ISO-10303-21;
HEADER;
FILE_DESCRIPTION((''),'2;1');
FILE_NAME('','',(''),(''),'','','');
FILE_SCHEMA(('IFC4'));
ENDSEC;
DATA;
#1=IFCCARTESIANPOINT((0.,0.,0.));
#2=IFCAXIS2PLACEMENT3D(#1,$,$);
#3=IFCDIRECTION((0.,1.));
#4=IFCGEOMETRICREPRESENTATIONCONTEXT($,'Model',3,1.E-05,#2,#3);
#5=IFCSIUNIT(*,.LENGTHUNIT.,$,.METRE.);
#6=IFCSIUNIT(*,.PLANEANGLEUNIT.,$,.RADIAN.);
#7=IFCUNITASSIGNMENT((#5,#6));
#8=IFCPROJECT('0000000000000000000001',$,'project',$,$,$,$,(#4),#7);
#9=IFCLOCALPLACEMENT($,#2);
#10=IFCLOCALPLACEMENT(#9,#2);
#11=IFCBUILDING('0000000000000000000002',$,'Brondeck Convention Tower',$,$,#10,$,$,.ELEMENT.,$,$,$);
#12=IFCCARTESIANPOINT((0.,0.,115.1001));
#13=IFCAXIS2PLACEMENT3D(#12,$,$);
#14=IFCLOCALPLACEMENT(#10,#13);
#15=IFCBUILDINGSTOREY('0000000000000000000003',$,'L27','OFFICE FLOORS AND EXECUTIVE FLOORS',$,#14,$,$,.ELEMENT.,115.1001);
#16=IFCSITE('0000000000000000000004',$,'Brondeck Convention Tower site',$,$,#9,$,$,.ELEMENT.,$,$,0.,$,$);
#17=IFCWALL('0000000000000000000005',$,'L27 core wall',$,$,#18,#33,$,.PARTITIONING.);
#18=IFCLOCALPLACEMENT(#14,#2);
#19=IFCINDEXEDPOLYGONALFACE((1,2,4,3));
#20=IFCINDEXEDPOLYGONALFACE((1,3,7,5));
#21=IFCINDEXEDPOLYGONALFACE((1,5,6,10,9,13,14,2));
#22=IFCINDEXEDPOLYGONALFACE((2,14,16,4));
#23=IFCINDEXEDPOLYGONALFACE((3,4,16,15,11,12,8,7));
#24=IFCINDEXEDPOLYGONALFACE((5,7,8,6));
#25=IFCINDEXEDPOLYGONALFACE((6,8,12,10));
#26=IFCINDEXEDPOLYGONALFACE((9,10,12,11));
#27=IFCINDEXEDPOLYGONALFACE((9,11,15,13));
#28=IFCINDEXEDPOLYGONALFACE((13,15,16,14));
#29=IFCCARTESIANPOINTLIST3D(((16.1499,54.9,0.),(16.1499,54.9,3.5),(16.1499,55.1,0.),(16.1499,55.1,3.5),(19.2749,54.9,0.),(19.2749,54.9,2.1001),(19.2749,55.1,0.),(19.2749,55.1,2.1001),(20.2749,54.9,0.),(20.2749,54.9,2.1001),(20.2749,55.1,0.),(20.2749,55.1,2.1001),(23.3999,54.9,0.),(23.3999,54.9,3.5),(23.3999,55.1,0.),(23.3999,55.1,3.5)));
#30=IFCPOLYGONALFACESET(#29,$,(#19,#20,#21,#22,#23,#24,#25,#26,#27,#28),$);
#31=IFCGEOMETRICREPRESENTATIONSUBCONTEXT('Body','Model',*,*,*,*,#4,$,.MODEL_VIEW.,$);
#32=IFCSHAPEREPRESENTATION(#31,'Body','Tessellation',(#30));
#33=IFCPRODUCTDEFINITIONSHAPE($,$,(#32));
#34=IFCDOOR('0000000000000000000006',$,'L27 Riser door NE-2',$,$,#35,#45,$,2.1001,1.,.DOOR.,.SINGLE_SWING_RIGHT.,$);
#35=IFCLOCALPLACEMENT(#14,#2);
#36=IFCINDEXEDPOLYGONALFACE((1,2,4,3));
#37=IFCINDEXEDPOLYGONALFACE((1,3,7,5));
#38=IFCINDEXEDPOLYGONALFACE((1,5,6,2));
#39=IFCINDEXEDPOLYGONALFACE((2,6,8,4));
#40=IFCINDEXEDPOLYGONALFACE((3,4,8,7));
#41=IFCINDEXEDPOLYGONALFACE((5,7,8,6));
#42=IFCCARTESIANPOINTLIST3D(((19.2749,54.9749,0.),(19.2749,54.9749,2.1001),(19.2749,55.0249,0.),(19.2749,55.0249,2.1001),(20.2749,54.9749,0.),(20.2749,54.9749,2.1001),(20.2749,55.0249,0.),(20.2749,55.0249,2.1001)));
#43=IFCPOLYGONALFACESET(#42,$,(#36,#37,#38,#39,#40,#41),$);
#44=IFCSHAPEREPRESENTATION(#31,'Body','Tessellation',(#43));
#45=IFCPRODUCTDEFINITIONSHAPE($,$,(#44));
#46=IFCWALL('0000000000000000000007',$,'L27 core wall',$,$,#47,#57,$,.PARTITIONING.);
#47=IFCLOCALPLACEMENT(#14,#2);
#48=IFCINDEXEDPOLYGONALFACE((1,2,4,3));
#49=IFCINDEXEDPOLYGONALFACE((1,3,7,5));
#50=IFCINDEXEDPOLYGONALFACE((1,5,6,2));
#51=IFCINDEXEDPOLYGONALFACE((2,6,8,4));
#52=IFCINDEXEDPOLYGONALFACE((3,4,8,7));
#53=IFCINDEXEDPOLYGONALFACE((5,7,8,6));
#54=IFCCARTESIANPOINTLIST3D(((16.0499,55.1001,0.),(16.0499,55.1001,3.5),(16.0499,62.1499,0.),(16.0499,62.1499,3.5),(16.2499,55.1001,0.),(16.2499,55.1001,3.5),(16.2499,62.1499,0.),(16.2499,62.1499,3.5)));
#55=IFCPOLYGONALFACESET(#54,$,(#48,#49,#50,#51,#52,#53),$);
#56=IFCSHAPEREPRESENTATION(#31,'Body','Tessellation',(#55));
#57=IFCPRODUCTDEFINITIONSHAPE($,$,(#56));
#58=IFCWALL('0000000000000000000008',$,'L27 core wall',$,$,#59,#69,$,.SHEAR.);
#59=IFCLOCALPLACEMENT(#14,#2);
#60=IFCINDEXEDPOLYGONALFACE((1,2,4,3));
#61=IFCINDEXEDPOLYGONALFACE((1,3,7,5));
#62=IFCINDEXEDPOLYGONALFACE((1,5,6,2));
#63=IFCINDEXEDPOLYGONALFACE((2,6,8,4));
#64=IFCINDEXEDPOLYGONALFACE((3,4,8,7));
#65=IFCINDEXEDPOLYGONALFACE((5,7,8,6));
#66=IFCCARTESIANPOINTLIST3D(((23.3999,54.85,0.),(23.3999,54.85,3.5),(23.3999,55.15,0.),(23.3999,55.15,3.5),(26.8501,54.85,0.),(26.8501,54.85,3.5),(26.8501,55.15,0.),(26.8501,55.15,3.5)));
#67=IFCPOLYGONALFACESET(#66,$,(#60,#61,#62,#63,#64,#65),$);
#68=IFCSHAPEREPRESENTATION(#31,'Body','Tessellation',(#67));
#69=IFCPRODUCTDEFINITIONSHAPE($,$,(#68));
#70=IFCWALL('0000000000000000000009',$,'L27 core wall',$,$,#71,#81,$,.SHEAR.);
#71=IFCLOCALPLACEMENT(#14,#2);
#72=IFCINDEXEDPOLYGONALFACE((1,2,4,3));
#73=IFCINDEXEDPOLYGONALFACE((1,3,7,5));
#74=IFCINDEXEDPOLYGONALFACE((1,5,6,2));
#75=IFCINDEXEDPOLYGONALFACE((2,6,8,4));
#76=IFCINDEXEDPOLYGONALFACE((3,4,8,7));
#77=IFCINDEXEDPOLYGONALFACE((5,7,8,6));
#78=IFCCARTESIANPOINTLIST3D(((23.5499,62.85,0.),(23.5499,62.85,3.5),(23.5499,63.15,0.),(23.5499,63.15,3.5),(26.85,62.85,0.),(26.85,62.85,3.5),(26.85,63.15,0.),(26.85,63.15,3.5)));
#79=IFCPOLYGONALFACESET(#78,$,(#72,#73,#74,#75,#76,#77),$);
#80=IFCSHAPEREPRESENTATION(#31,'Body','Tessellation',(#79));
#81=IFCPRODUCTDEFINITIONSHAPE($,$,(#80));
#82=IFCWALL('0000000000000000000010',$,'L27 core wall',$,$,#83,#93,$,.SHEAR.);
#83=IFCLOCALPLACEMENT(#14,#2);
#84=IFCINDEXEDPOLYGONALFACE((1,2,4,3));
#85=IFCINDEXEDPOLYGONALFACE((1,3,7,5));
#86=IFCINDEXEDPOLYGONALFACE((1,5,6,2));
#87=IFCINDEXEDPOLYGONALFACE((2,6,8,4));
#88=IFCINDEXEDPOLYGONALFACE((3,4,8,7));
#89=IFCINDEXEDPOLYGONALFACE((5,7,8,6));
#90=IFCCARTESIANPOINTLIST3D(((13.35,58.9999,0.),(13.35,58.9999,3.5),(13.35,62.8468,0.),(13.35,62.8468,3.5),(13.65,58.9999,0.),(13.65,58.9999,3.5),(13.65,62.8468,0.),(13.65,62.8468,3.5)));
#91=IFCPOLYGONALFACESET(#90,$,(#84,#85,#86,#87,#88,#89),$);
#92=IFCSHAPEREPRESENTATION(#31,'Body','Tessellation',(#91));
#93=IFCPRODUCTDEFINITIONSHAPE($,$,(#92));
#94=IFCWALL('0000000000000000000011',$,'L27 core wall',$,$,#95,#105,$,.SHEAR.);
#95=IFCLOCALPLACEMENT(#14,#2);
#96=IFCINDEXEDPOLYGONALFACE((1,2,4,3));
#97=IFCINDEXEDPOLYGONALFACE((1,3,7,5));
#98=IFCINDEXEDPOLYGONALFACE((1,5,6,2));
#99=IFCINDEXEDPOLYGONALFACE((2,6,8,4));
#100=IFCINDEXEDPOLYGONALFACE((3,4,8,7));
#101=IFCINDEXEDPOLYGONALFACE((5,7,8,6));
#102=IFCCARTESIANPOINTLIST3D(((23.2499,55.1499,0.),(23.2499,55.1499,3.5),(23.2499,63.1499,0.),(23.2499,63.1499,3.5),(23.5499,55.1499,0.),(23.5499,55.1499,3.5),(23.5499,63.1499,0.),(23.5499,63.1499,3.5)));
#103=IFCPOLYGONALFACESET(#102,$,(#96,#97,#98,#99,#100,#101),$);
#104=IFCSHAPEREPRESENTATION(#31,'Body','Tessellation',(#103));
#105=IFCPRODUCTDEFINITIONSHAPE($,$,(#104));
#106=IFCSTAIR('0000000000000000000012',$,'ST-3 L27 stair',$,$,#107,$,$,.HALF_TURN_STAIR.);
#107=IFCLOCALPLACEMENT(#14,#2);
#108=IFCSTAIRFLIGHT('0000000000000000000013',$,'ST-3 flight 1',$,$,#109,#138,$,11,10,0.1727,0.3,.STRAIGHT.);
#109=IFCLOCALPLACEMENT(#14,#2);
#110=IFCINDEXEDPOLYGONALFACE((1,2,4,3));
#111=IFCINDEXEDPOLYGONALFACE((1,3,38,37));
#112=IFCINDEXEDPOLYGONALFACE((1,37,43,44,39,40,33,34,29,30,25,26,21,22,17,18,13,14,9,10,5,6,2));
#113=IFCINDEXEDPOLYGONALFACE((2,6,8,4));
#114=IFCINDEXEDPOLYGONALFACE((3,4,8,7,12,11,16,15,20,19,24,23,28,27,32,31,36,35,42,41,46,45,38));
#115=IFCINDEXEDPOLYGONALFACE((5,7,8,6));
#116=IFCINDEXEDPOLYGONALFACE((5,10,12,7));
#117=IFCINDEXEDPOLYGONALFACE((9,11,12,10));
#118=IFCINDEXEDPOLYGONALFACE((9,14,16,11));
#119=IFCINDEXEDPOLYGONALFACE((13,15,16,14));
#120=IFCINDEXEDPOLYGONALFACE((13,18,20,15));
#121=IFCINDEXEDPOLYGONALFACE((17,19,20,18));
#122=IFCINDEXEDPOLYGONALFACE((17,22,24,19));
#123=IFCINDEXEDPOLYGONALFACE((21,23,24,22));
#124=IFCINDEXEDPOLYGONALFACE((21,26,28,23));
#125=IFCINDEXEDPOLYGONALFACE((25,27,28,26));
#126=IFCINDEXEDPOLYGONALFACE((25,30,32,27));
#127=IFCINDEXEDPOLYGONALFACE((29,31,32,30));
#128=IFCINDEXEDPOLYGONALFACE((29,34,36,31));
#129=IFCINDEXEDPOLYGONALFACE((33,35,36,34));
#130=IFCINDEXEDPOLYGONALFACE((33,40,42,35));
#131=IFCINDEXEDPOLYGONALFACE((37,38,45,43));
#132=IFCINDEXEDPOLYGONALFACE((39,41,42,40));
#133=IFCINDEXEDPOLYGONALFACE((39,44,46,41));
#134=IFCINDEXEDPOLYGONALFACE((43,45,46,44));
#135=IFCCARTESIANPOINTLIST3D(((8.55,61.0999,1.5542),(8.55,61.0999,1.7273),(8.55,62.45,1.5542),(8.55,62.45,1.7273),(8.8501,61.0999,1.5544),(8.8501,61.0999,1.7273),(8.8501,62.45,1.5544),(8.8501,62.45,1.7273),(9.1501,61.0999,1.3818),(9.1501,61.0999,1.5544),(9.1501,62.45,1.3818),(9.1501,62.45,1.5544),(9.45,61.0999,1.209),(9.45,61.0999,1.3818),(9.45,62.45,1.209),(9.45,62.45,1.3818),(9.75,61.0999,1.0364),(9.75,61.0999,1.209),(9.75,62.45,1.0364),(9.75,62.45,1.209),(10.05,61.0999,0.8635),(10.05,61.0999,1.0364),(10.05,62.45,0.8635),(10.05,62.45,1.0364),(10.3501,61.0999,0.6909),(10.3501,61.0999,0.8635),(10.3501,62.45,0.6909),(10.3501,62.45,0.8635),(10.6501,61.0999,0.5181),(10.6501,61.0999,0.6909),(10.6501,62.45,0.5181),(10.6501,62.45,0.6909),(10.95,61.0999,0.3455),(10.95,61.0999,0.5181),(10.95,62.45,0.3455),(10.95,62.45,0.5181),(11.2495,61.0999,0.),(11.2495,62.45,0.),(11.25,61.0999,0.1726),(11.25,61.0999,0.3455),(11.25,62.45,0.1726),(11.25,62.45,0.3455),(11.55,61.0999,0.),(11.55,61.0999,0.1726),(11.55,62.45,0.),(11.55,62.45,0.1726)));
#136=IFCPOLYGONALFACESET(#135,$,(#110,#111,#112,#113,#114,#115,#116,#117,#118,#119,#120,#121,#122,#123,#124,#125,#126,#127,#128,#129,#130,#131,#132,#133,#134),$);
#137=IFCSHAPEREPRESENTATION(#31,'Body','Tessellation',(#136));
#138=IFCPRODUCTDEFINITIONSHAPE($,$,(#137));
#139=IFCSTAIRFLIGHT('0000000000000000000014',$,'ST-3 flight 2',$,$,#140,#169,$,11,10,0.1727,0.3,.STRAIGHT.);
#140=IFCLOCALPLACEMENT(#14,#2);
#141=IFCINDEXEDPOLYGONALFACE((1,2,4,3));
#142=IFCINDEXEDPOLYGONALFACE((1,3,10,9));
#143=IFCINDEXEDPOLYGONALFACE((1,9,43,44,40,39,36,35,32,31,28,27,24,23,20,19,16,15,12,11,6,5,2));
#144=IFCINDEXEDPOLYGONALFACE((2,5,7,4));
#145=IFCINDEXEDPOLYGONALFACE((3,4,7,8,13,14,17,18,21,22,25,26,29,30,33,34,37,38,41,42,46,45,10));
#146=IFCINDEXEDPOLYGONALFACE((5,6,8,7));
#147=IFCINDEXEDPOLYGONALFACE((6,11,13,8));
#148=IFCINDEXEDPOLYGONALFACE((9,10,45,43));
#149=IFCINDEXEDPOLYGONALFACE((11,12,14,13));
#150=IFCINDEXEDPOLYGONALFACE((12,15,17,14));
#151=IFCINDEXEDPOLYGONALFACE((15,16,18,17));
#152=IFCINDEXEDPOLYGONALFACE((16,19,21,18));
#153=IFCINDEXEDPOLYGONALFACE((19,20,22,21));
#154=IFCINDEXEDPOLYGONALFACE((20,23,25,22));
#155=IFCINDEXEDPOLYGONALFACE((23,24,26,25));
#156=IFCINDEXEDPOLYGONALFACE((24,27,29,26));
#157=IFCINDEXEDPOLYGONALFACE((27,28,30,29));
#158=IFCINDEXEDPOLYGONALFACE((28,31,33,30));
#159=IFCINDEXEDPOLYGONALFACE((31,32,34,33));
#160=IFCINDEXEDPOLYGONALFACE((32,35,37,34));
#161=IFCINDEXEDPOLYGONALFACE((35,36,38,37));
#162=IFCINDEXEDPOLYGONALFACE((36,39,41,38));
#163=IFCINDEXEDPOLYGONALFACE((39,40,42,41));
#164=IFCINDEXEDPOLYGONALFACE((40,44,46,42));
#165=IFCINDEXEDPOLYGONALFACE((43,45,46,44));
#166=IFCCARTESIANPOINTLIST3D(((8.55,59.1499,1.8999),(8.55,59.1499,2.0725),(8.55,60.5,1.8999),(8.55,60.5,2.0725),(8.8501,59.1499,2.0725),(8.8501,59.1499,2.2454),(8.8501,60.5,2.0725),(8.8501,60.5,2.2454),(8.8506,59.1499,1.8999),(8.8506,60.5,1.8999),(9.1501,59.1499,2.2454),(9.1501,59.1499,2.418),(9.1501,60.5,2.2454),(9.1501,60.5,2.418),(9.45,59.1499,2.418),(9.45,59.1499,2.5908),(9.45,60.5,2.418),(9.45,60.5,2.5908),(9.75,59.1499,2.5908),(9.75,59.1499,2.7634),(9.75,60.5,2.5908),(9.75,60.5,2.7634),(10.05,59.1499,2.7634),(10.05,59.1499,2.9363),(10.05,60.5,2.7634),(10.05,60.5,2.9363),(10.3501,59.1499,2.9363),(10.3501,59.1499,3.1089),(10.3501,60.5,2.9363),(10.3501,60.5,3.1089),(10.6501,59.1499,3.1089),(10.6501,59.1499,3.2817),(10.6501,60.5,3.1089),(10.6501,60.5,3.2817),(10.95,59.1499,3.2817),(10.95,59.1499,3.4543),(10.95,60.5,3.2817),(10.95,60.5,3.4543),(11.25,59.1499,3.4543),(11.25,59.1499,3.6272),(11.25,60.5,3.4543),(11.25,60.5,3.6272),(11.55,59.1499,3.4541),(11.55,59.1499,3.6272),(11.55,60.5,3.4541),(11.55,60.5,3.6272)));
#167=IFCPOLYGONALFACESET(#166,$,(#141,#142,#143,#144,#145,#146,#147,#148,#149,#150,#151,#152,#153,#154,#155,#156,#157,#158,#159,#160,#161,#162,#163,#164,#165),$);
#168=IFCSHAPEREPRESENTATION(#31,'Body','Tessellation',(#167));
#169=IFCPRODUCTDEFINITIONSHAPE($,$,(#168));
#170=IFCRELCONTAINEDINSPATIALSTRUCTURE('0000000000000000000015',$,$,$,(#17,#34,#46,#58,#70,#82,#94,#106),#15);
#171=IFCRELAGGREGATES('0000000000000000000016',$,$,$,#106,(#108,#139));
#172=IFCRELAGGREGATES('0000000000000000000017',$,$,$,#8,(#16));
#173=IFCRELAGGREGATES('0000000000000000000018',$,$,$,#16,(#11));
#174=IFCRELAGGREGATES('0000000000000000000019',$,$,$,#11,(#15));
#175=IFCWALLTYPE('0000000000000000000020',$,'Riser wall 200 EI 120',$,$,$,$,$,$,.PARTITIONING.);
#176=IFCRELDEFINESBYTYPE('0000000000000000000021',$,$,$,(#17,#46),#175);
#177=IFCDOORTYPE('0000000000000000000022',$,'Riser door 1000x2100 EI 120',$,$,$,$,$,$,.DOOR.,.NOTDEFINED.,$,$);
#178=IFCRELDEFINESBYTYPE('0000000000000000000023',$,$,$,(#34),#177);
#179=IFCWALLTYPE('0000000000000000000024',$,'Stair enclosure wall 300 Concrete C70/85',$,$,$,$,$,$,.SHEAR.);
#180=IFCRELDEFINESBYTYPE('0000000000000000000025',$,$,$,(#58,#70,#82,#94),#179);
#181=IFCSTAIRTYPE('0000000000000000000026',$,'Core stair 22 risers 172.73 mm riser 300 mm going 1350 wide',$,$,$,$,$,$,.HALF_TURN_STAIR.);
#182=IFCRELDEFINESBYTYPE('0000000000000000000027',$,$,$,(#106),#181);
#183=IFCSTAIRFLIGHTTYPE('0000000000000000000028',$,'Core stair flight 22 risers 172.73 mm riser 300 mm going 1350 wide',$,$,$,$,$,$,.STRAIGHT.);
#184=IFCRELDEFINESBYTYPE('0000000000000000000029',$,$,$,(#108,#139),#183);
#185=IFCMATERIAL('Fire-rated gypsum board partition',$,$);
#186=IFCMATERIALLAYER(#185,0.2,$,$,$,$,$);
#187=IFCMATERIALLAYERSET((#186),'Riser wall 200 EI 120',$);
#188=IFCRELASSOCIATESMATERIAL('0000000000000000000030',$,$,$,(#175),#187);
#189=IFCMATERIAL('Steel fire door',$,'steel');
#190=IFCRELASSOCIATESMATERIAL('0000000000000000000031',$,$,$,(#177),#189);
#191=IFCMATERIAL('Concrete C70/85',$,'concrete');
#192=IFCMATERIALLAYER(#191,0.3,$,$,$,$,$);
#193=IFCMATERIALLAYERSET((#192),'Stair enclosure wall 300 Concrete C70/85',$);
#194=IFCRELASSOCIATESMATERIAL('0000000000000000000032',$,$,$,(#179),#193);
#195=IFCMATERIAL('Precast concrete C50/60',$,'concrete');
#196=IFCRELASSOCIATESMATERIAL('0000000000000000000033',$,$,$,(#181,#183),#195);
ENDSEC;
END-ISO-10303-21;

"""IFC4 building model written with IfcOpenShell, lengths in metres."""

from ifc_helpers import new_model, si_unit, direction, frame, frame_2d, origin, place, context, subcontext, project, spatial, polyline, rectangle, outline, extrude, material, layer, layer_set, type_object, element, fill, aggregate, save


model = new_model("IFC4")

# Units and contexts
model_context = context("Model", 3, precision=1e-05, world=origin(), true_north=direction((0.0, 1.0)))
body_context = subcontext(model_context, "Body", "Model", "MODEL_VIEW")
ifc_project = project(units=[si_unit("LENGTHUNIT", "METRE"), si_unit("PLANEANGLEUNIT", "RADIAN")], contexts=[model_context])

# Site, building, storey
site_placement = place(None, origin())
site = spatial("IfcSite", under=ifc_project, at=site_placement, Name="Brondeck Convention Tower site", CompositionType="ELEMENT", RefElevation=0.0)
building_placement = place(site_placement, origin())
building = spatial("IfcBuilding", under=site, at=building_placement, Name="Brondeck Convention Tower", CompositionType="ELEMENT")
storey_placement = place(building_placement, frame((0.0, 0.0, 115.1001)))
storey = spatial("IfcBuildingStorey", under=building, at=storey_placement, Name="L27", Description="OFFICE FLOORS AND EXECUTIVE FLOORS", CompositionType="ELEMENT", Elevation=115.1001)

# Shared definitions
ifc_material_1 = material(Name="Concrete C70/85", Category="concrete")

# Shared definitions
ifc_material_2 = material(Name="Fire-rated gypsum board partition")
ifc_material_3 = material(Name="Steel fire door", Category="steel")

# Shared definitions
ifc_layer_1 = layer(ifc_material_2, 0.2)
ifc_layer_set_1 = layer_set([ifc_layer_1], Name="Riser wall 200 EI 120")
wall_type_1 = type_object("IfcWallType", Name="Riser wall 200 EI 120", PredefinedType="PARTITIONING", material=ifc_layer_set_1)

# Wall, opening, door
wall_1_placement = place(storey_placement, frame((16.1499, 55.0, 0.0), z_axis=(0.0, 0.0, 1.0), x_axis=(1.0, 0.0, 0.0)))
wall_1 = element("IfcWall", 1, at=wall_1_placement, inside=storey, type_object=wall_type_1, Name="L27 core wall", PredefinedType="PARTITIONING", context=body_context, shape_type="SweptSolid", body=[
    extrude(rectangle(XDim=7.25, YDim=0.2, at=frame_2d((3.625, 0.0))), origin(), (0.0, 0.0, 1.0), 3.5),
])
opening_1_placement = place(wall_1_placement, frame((3.125, 0.0, 0.0)))
opening_1 = element("IfcOpeningElement", 2, at=opening_1_placement, cuts=wall_1, PredefinedType="OPENING", context=body_context, shape_type="SweptSolid", body=[
    extrude(rectangle(XDim=1.0, YDim=2.1001, at=frame_2d((0.5, 1.05))), frame((0.0, 0.1099, 0.0), z_axis=(0.0, -1.0, 0.0), x_axis=(1.0, 0.0, 0.0)), (0.0, 0.0, 1.0), 0.22),
])
door_type_1 = type_object("IfcDoorType", Name="Riser door 1000x2100 EI 120", OperationType="NOTDEFINED", PredefinedType="DOOR", material=ifc_material_3)
door_1_placement = place(opening_1_placement, origin())
door_1 = element("IfcDoor", 3, at=door_1_placement, inside=storey, type_object=door_type_1, Name="L27 Riser door NE-2", OperationType="SINGLE_SWING_RIGHT", OverallHeight=2.1001, OverallWidth=1.0, PredefinedType="DOOR", context=body_context, shape_type="SweptSolid", body=[
    extrude(rectangle(XDim=1.0, YDim=2.1001, at=frame_2d((0.5, 1.05))), frame((0.0, 0.0249, 0.0), z_axis=(0.0, -1.0, 0.0), x_axis=(1.0, 0.0, 0.0)), (0.0, 0.0, 1.0), 0.05),
])
fill(opening_1, door_1)

# Walls
wall_2_placement = place(storey_placement, frame((16.1499, 55.1001, 0.0), z_axis=(0.0, 0.0, 1.0), x_axis=(0.0, 1.0, 0.0)))
element("IfcWall", 4, at=wall_2_placement, inside=storey, type_object=wall_type_1, Name="L27 core wall", PredefinedType="PARTITIONING", context=body_context, shape_type="SweptSolid", body=[
    extrude(rectangle(XDim=7.0498, YDim=0.2, at=frame_2d((3.5249, 0.0))), origin(), (0.0, 0.0, 1.0), 3.5),
])
ifc_layer_2 = layer(ifc_material_1, 0.3)
ifc_layer_set_2 = layer_set([ifc_layer_2], Name="Stair enclosure wall 300 Concrete C70/85")
wall_type_2 = type_object("IfcWallType", Name="Stair enclosure wall 300 Concrete C70/85", PredefinedType="SHEAR", material=ifc_layer_set_2)
wall_3_placement = place(storey_placement, frame((23.3999, 55.0, 0.0), z_axis=(0.0, 0.0, 1.0), x_axis=(1.0, 0.0, 0.0)))
element("IfcWall", 5, at=wall_3_placement, inside=storey, type_object=wall_type_2, Name="L27 core wall", PredefinedType="SHEAR", context=body_context, shape_type="SweptSolid", body=[
    extrude(rectangle(XDim=3.4502, YDim=0.3, at=frame_2d((1.7251, 0.0))), origin(), (0.0, 0.0, 1.0), 3.5),
])
wall_4_placement = place(storey_placement, frame((23.55, 63.0, 0.0), z_axis=(0.0, 0.0, 1.0), x_axis=(1.0, 0.0, 0.0)))
element("IfcWall", 6, at=wall_4_placement, inside=storey, type_object=wall_type_2, Name="L27 core wall", PredefinedType="SHEAR", context=body_context, shape_type="SweptSolid", body=[
    extrude(rectangle(XDim=3.3, YDim=0.3, at=frame_2d((1.6499, 0.0))), origin(), (0.0, 0.0, 1.0), 3.5),
])
wall_5_placement = place(storey_placement, frame((13.5, 59.0, 0.0), z_axis=(0.0, 0.0, 1.0), x_axis=(0.0, 1.0, 0.0)))
element("IfcWall", 7, at=wall_5_placement, inside=storey, type_object=wall_type_2, Name="L27 core wall", PredefinedType="SHEAR", context=body_context, shape_type="SweptSolid", body=[
    extrude(rectangle(XDim=3.8469, YDim=0.3, at=frame_2d((1.9233, 0.0))), origin(), (0.0, 0.0, 1.0), 3.5),
])
wall_6_placement = place(storey_placement, frame((23.3999, 55.1499, 0.0), z_axis=(0.0, 0.0, 1.0), x_axis=(0.0, 1.0, 0.0)))
element("IfcWall", 8, at=wall_6_placement, inside=storey, type_object=wall_type_2, Name="L27 core wall", PredefinedType="SHEAR", context=body_context, shape_type="SweptSolid", body=[
    extrude(rectangle(XDim=8.0, YDim=0.3, at=frame_2d((4.0, 0.0))), origin(), (0.0, 0.0, 1.0), 3.5),
])

# Stair, stair flights
ifc_material_4 = material(Name="Precast concrete C50/60", Category="concrete")
stair_type = type_object("IfcStairType", Name="Core stair 22 risers 172.73 mm riser 300 mm going 1350 wide", PredefinedType="HALF_TURN_STAIR", material=ifc_material_4)
stair_placement = place(storey_placement, origin())
stair = element("IfcStair", 9, at=stair_placement, inside=storey, type_object=stair_type, Name="ST-3 L27 stair", PredefinedType="HALF_TURN_STAIR")
stair_flight_type = type_object("IfcStairFlightType", Name="Core stair flight 22 risers 172.73 mm riser 300 mm going 1350 wide", PredefinedType="STRAIGHT", material=ifc_material_4)
stair_flight_1_placement = place(storey_placement, frame((11.55, 61.7749, 0.0), z_axis=(0.0, 0.0, 1.0), x_axis=(-1.0, 0.0, 0.0)))
stair_flight_1 = element("IfcStairFlight", 10, at=stair_flight_1_placement, type_object=stair_flight_type, Name="ST-3 flight 1", NumberOfRisers=11, NumberOfTreads=10, PredefinedType="STRAIGHT", RiserHeight=0.1727, TreadLength=0.3, context=body_context, shape_type="SweptSolid", body=[
    extrude(outline(polyline([(0.0, 0.0), (0.0, 0.1726), (0.3, 0.1726), (0.3, 0.3455), (0.6001, 0.3455), (0.6001, 0.5181), (0.8999, 0.5181), (0.8999, 0.6909), (1.2, 0.6909), (1.2, 0.8635), (1.5, 0.8635), (1.5, 1.0364), (1.8, 1.0364), (1.8, 1.209), (2.1001, 1.209), (2.1001, 1.3818), (2.3999, 1.3818), (2.3999, 1.5544), (2.7, 1.5544), (2.7, 1.7273), (3.0, 1.7273), (3.0, 1.8999), (3.0, 1.5542), (0.3005, 0.0), (0.0, 0.0)])), frame((0.0, 0.675, 0.0), z_axis=(0.0, -1.0, 0.0), x_axis=(1.0, 0.0, 0.0)), (0.0, 0.0, 1.0), 1.3501),
])
stair_flight_2_placement = place(storey_placement, frame((8.55, 59.825, 1.8999), z_axis=(0.0, 0.0, 1.0), x_axis=(1.0, 0.0, 0.0)))
stair_flight_2 = element("IfcStairFlight", 11, at=stair_flight_2_placement, type_object=stair_flight_type, Name="ST-3 flight 2", NumberOfRisers=11, NumberOfTreads=10, PredefinedType="STRAIGHT", RiserHeight=0.1727, TreadLength=0.3, context=body_context, shape_type="SweptSolid", body=[
    extrude(outline(polyline([(0.0, 0.0), (0.0, 0.1726), (0.3, 0.1726), (0.3, 0.3455), (0.6001, 0.3455), (0.6001, 0.5181), (0.8999, 0.5181), (0.8999, 0.6909), (1.2, 0.6909), (1.2, 0.8635), (1.5, 0.8635), (1.5, 1.0364), (1.8, 1.0364), (1.8, 1.209), (2.1001, 1.209), (2.1001, 1.3818), (2.3999, 1.3818), (2.3999, 1.5544), (2.7, 1.5544), (2.7, 1.7273), (3.0, 1.7273), (3.0, 1.8999), (3.0, 1.5542), (0.3005, 0.0), (0.0, 0.0)])), frame((0.0, 0.675, 0.0), z_axis=(0.0, -1.0, 0.0), x_axis=(1.0, 0.0, 0.0)), (0.0, 0.0, 1.0), 1.3501),
])
aggregate(stair, [stair_flight_1, stair_flight_2])

save(model, "model.ifc")
